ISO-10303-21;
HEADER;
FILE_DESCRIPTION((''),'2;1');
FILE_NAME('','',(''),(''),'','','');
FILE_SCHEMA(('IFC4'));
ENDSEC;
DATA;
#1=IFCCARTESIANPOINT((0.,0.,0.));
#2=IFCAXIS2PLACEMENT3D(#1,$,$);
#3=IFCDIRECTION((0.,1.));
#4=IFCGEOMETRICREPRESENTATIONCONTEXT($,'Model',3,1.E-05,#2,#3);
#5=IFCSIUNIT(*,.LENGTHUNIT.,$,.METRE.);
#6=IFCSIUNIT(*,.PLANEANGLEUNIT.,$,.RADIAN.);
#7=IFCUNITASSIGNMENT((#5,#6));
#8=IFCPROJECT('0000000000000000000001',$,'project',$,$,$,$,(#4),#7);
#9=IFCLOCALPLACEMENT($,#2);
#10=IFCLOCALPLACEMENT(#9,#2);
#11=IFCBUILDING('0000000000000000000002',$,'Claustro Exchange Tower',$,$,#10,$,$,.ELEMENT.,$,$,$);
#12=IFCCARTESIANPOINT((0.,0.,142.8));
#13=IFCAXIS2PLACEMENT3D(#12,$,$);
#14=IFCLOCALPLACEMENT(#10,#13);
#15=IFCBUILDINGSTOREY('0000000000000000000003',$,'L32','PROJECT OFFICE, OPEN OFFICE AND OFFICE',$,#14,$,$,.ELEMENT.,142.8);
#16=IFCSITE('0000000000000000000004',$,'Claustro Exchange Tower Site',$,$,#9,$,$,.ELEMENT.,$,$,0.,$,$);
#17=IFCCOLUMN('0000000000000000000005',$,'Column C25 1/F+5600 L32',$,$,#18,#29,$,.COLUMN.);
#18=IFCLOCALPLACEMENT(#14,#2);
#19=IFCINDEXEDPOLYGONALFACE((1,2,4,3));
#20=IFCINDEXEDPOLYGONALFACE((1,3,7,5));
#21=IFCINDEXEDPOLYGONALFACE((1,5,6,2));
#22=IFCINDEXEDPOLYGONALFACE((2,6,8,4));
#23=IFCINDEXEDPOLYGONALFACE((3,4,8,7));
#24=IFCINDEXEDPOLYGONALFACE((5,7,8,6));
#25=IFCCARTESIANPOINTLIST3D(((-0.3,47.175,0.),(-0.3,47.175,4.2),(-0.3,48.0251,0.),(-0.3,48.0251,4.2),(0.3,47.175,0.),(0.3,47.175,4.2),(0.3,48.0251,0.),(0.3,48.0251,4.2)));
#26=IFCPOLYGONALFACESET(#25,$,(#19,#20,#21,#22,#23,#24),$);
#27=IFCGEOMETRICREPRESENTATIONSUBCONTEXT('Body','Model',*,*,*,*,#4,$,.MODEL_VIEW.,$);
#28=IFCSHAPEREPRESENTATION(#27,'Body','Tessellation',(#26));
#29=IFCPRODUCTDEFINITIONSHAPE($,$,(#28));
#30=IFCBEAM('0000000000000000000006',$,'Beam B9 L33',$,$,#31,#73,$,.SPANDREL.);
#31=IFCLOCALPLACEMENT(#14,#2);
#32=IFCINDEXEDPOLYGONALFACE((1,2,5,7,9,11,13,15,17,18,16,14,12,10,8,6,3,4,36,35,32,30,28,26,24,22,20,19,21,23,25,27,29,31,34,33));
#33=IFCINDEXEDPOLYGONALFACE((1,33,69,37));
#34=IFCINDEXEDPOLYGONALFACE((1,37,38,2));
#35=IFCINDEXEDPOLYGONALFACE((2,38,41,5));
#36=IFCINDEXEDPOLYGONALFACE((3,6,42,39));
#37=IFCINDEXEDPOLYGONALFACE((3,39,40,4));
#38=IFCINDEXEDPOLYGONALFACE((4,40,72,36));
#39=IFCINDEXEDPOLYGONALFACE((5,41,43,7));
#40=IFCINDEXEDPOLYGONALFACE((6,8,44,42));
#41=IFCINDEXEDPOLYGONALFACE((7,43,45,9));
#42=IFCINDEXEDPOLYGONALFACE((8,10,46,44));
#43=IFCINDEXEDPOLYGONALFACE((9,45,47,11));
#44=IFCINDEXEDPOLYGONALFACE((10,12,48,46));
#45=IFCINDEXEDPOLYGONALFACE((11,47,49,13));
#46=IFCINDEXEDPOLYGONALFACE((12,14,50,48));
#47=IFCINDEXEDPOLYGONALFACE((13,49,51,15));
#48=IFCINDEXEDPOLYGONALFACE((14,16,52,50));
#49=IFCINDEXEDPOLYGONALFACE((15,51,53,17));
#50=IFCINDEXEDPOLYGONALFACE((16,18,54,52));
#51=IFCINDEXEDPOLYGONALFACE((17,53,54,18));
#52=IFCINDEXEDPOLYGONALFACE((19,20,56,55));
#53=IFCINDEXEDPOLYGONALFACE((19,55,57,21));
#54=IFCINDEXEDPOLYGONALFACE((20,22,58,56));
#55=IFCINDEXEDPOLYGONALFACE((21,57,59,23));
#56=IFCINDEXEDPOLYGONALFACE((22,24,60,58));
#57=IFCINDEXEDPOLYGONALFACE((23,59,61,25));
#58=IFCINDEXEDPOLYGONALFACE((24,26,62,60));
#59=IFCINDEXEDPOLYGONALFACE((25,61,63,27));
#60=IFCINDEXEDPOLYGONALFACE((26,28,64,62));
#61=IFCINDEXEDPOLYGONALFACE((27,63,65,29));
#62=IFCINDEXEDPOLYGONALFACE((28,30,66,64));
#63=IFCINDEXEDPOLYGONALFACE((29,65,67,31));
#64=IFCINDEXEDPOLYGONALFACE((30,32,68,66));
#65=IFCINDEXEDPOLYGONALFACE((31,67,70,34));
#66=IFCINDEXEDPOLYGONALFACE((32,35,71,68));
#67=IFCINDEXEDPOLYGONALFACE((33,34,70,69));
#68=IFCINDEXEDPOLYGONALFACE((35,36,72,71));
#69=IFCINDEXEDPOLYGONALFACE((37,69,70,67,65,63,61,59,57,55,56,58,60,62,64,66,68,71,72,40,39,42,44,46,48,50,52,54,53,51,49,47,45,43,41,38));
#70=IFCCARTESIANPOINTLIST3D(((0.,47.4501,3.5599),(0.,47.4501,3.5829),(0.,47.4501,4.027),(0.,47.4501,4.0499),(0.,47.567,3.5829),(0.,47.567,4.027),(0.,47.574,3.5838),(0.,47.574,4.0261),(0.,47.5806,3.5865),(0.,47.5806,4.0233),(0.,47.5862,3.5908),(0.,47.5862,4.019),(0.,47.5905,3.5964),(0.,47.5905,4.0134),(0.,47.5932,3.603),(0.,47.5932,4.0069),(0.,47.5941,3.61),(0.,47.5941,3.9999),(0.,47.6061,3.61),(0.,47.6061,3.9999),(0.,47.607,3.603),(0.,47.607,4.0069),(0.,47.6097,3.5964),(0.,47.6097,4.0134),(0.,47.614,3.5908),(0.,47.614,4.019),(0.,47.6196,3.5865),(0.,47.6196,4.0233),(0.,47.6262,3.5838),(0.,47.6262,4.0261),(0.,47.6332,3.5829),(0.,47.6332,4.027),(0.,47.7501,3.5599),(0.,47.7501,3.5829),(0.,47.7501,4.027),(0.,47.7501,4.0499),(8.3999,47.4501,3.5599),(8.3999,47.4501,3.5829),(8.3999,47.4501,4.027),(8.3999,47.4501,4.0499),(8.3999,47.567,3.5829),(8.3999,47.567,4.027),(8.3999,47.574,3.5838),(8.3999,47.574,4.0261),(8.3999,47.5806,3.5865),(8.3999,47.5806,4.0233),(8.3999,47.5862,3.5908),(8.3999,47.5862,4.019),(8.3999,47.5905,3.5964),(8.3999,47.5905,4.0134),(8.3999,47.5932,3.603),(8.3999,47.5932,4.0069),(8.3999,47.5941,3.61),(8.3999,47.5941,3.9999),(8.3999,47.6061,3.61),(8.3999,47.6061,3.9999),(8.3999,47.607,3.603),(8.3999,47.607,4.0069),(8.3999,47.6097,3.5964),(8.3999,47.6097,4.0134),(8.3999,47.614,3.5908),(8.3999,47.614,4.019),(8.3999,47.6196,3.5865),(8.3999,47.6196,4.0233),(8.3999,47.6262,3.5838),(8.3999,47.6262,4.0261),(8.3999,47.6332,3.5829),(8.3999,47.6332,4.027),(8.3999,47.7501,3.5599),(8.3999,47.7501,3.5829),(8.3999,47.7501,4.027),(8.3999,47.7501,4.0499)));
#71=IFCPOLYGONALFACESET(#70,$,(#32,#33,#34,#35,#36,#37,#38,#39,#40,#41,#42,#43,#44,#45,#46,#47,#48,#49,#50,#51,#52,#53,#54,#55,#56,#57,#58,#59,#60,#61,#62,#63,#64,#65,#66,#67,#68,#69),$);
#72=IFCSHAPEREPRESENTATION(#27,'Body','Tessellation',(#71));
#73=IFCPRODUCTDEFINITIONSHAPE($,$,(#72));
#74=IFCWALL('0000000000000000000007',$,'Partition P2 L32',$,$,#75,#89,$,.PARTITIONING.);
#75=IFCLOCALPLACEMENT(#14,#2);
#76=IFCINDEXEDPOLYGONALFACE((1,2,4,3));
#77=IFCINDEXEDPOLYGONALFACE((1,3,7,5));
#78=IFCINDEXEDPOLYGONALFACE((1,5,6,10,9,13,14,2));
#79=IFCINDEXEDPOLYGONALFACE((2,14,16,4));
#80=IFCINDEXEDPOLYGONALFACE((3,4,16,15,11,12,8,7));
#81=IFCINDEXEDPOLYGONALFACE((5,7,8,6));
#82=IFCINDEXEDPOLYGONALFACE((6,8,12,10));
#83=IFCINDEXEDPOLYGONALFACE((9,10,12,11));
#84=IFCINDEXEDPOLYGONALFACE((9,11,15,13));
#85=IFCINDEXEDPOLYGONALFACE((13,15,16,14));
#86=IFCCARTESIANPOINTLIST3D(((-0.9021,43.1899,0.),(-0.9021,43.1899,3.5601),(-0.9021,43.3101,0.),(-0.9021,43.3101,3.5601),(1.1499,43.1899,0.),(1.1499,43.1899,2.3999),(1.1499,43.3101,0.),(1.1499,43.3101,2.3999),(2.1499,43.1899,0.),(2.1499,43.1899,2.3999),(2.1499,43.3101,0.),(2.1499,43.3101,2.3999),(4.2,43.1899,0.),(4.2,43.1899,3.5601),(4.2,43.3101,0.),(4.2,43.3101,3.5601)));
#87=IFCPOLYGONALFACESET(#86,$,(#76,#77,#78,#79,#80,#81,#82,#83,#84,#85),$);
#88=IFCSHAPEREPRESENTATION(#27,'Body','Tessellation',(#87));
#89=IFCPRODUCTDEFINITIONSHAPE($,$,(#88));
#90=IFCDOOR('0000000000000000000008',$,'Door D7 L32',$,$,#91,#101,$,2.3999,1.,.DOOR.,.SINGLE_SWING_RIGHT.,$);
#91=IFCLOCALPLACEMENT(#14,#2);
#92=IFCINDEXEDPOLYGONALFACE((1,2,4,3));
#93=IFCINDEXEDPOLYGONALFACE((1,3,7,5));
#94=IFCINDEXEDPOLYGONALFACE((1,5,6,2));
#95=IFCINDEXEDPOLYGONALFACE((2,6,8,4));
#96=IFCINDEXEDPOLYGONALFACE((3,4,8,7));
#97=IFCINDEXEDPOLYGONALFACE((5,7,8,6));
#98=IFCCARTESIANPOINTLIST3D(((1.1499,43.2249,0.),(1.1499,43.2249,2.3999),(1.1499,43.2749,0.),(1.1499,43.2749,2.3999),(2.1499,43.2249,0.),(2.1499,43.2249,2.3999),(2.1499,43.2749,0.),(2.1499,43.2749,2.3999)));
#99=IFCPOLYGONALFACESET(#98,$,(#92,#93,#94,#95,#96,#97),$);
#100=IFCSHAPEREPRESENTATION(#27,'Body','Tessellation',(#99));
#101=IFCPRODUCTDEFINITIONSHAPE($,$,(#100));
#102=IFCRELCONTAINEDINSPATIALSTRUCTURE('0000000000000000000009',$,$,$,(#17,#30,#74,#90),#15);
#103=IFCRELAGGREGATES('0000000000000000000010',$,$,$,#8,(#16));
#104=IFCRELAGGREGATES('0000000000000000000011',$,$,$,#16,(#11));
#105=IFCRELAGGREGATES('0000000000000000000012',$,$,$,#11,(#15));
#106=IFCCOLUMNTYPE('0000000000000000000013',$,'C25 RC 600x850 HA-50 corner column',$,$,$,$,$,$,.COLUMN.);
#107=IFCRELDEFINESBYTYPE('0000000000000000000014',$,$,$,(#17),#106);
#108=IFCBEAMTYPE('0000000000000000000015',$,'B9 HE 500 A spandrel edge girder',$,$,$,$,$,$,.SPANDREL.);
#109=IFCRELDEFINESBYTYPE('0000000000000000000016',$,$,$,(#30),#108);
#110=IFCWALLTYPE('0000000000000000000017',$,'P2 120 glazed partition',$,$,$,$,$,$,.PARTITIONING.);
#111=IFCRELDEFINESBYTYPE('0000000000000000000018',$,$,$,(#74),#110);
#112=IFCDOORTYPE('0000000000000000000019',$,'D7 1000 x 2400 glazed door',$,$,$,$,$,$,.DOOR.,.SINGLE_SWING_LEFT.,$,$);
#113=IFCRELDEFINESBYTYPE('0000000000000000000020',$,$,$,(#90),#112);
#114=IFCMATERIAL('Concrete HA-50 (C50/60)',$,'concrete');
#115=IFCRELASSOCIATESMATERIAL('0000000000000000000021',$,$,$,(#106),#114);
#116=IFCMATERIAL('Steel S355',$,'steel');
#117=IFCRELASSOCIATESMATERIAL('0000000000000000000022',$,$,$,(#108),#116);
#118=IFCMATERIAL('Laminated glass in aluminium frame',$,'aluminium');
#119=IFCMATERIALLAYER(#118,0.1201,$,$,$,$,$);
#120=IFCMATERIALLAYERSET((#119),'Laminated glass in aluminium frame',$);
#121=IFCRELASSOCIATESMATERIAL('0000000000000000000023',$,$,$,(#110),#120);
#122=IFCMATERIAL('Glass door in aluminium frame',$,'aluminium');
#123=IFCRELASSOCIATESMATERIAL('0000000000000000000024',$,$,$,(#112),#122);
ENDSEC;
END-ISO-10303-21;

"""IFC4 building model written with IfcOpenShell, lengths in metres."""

from ifc_helpers import new_model, si_unit, direction, frame, frame_2d, origin, origin_2d, place, context, subcontext, project, spatial, rectangle, i_section, extrude, material, layer, layer_set, material_profile, profile_set, type_object, element, fill, save


model = new_model("IFC4")

# Units and contexts
model_context = context("Model", 3, precision=1e-05, world=origin(), true_north=direction((0.0, 1.0)))
body_context = subcontext(model_context, "Body", "Model", "MODEL_VIEW")
ifc_project = project(units=[si_unit("LENGTHUNIT", "METRE"), si_unit("PLANEANGLEUNIT", "RADIAN")], contexts=[model_context])

# Site, building, storey
site_placement = place(None, origin())
site = spatial("IfcSite", under=ifc_project, at=site_placement, Name="Claustro Exchange Tower Site", CompositionType="ELEMENT", RefElevation=0.0)
building_placement = place(site_placement, origin())
building = spatial("IfcBuilding", under=site, at=building_placement, Name="Claustro Exchange Tower", CompositionType="ELEMENT")
storey_placement = place(building_placement, frame((0.0, 0.0, 142.8)))
storey = spatial("IfcBuildingStorey", under=building, at=storey_placement, Name="L32", Description="PROJECT OFFICE, OPEN OFFICE AND OFFICE", CompositionType="ELEMENT", Elevation=142.8)

# Column
ifc_material_1 = material(Name="Concrete HA-50 (C50/60)", Category="concrete")
ifc_material_profile_1 = material_profile(ifc_material_1, rectangle(XDim=0.6001, YDim=0.8501, at=origin_2d()), Name="RC 600x850")
ifc_profile_set_1 = profile_set([ifc_material_profile_1], Name="Concrete HA-50 (C50/60)")
column_type = type_object("IfcColumnType", Name="C25 RC 600x850 HA-50 corner column", PredefinedType="COLUMN", material=ifc_profile_set_1)
column_placement = place(storey_placement, frame((0.0, 47.6001, 0.0), z_axis=(0.0, 0.0, 1.0), x_axis=(1.0, 0.0, 0.0)))
element("IfcColumn", 1, at=column_placement, inside=storey, type_object=column_type, Name="Column C25 1/F+5600 L32", PredefinedType="COLUMN", context=body_context, shape_type="SweptSolid", body=[
    extrude(rectangle(XDim=0.6001, YDim=0.8501, at=origin_2d()), origin(), (0.0, 0.0, 1.0), 4.2),
])

# Beam
ifc_material_2 = material(Name="Steel S355", Category="steel")
ifc_material_profile_2 = material_profile(ifc_material_2, i_section(OverallWidth=0.3, OverallDepth=0.49, WebThickness=0.012, FlangeThickness=0.0229, FilletRadius=0.0271, at=origin_2d()), Name="HE 500 A")
ifc_profile_set_2 = profile_set([ifc_material_profile_2], Name="Steel S355")
beam_type = type_object("IfcBeamType", Name="B9 HE 500 A spandrel edge girder", PredefinedType="SPANDREL", material=ifc_profile_set_2)
beam_placement = place(storey_placement, frame((0.0, 47.6001, 3.8049), z_axis=(1.0, 0.0, 0.0), x_axis=(0.0, 1.0, 0.0)))
element("IfcBeam", 2, at=beam_placement, inside=storey, type_object=beam_type, Name="Beam B9 L33", PredefinedType="SPANDREL", context=body_context, shape_type="SweptSolid", body=[
    extrude(i_section(OverallWidth=0.3, OverallDepth=0.49, WebThickness=0.012, FlangeThickness=0.0229, FilletRadius=0.0271, at=origin_2d()), origin(), (0.0, 0.0, 1.0), 8.3999),
])

# Wall, opening, door
ifc_material_3 = material(Name="Laminated glass in aluminium frame", Category="aluminium")
ifc_layer_1 = layer(ifc_material_3, 0.1201)
ifc_layer_set_1 = layer_set([ifc_layer_1], Name="Laminated glass in aluminium frame")
wall_type_1 = type_object("IfcWallType", Name="P2 120 glazed partition", PredefinedType="PARTITIONING", material=ifc_layer_set_1)
wall_1_placement = place(storey_placement, frame((-0.9021, 43.25, 0.0), z_axis=(0.0, 0.0, 1.0), x_axis=(1.0, 0.0, 0.0)))
wall_1 = element("IfcWall", 3, at=wall_1_placement, inside=storey, type_object=wall_type_1, Name="Partition P2 L32", PredefinedType="PARTITIONING", context=body_context, shape_type="SweptSolid", body=[
    extrude(rectangle(XDim=5.1021, YDim=0.1201, at=frame_2d((2.551, 0.0))), origin(), (0.0, 0.0, 1.0), 3.5601),
])
opening_1_placement = place(wall_1_placement, frame((2.052, 0.0, 0.0)))
opening_1 = element("IfcOpeningElement", 4, at=opening_1_placement, cuts=wall_1, PredefinedType="OPENING", context=body_context, shape_type="SweptSolid", body=[
    extrude(rectangle(XDim=1.0, YDim=2.3999, at=frame_2d((0.5, 1.2))), frame((0.0, 0.0701, 0.0), z_axis=(0.0, -1.0, 0.0), x_axis=(1.0, 0.0, 0.0)), (0.0, 0.0, 1.0), 0.1401),
])
ifc_material_4 = material(Name="Glass door in aluminium frame", Category="aluminium")
door_type = type_object("IfcDoorType", Name="D7 1000 x 2400 glazed door", OperationType="SINGLE_SWING_LEFT", PredefinedType="DOOR", material=ifc_material_4)
door_1_placement = place(opening_1_placement, origin())
door_1 = element("IfcDoor", 5, at=door_1_placement, inside=storey, type_object=door_type, Name="Door D7 L32", OperationType="SINGLE_SWING_RIGHT", OverallHeight=2.3999, OverallWidth=1.0, PredefinedType="DOOR", context=body_context, shape_type="SweptSolid", body=[
    extrude(rectangle(XDim=1.0, YDim=2.3999, at=frame_2d((0.5, 1.2))), frame((0.0, 0.0249, 0.0), z_axis=(0.0, -1.0, 0.0), x_axis=(1.0, 0.0, 0.0)), (0.0, 0.0, 1.0), 0.05),
])
fill(opening_1, door_1)

save(model, "model.ifc")
